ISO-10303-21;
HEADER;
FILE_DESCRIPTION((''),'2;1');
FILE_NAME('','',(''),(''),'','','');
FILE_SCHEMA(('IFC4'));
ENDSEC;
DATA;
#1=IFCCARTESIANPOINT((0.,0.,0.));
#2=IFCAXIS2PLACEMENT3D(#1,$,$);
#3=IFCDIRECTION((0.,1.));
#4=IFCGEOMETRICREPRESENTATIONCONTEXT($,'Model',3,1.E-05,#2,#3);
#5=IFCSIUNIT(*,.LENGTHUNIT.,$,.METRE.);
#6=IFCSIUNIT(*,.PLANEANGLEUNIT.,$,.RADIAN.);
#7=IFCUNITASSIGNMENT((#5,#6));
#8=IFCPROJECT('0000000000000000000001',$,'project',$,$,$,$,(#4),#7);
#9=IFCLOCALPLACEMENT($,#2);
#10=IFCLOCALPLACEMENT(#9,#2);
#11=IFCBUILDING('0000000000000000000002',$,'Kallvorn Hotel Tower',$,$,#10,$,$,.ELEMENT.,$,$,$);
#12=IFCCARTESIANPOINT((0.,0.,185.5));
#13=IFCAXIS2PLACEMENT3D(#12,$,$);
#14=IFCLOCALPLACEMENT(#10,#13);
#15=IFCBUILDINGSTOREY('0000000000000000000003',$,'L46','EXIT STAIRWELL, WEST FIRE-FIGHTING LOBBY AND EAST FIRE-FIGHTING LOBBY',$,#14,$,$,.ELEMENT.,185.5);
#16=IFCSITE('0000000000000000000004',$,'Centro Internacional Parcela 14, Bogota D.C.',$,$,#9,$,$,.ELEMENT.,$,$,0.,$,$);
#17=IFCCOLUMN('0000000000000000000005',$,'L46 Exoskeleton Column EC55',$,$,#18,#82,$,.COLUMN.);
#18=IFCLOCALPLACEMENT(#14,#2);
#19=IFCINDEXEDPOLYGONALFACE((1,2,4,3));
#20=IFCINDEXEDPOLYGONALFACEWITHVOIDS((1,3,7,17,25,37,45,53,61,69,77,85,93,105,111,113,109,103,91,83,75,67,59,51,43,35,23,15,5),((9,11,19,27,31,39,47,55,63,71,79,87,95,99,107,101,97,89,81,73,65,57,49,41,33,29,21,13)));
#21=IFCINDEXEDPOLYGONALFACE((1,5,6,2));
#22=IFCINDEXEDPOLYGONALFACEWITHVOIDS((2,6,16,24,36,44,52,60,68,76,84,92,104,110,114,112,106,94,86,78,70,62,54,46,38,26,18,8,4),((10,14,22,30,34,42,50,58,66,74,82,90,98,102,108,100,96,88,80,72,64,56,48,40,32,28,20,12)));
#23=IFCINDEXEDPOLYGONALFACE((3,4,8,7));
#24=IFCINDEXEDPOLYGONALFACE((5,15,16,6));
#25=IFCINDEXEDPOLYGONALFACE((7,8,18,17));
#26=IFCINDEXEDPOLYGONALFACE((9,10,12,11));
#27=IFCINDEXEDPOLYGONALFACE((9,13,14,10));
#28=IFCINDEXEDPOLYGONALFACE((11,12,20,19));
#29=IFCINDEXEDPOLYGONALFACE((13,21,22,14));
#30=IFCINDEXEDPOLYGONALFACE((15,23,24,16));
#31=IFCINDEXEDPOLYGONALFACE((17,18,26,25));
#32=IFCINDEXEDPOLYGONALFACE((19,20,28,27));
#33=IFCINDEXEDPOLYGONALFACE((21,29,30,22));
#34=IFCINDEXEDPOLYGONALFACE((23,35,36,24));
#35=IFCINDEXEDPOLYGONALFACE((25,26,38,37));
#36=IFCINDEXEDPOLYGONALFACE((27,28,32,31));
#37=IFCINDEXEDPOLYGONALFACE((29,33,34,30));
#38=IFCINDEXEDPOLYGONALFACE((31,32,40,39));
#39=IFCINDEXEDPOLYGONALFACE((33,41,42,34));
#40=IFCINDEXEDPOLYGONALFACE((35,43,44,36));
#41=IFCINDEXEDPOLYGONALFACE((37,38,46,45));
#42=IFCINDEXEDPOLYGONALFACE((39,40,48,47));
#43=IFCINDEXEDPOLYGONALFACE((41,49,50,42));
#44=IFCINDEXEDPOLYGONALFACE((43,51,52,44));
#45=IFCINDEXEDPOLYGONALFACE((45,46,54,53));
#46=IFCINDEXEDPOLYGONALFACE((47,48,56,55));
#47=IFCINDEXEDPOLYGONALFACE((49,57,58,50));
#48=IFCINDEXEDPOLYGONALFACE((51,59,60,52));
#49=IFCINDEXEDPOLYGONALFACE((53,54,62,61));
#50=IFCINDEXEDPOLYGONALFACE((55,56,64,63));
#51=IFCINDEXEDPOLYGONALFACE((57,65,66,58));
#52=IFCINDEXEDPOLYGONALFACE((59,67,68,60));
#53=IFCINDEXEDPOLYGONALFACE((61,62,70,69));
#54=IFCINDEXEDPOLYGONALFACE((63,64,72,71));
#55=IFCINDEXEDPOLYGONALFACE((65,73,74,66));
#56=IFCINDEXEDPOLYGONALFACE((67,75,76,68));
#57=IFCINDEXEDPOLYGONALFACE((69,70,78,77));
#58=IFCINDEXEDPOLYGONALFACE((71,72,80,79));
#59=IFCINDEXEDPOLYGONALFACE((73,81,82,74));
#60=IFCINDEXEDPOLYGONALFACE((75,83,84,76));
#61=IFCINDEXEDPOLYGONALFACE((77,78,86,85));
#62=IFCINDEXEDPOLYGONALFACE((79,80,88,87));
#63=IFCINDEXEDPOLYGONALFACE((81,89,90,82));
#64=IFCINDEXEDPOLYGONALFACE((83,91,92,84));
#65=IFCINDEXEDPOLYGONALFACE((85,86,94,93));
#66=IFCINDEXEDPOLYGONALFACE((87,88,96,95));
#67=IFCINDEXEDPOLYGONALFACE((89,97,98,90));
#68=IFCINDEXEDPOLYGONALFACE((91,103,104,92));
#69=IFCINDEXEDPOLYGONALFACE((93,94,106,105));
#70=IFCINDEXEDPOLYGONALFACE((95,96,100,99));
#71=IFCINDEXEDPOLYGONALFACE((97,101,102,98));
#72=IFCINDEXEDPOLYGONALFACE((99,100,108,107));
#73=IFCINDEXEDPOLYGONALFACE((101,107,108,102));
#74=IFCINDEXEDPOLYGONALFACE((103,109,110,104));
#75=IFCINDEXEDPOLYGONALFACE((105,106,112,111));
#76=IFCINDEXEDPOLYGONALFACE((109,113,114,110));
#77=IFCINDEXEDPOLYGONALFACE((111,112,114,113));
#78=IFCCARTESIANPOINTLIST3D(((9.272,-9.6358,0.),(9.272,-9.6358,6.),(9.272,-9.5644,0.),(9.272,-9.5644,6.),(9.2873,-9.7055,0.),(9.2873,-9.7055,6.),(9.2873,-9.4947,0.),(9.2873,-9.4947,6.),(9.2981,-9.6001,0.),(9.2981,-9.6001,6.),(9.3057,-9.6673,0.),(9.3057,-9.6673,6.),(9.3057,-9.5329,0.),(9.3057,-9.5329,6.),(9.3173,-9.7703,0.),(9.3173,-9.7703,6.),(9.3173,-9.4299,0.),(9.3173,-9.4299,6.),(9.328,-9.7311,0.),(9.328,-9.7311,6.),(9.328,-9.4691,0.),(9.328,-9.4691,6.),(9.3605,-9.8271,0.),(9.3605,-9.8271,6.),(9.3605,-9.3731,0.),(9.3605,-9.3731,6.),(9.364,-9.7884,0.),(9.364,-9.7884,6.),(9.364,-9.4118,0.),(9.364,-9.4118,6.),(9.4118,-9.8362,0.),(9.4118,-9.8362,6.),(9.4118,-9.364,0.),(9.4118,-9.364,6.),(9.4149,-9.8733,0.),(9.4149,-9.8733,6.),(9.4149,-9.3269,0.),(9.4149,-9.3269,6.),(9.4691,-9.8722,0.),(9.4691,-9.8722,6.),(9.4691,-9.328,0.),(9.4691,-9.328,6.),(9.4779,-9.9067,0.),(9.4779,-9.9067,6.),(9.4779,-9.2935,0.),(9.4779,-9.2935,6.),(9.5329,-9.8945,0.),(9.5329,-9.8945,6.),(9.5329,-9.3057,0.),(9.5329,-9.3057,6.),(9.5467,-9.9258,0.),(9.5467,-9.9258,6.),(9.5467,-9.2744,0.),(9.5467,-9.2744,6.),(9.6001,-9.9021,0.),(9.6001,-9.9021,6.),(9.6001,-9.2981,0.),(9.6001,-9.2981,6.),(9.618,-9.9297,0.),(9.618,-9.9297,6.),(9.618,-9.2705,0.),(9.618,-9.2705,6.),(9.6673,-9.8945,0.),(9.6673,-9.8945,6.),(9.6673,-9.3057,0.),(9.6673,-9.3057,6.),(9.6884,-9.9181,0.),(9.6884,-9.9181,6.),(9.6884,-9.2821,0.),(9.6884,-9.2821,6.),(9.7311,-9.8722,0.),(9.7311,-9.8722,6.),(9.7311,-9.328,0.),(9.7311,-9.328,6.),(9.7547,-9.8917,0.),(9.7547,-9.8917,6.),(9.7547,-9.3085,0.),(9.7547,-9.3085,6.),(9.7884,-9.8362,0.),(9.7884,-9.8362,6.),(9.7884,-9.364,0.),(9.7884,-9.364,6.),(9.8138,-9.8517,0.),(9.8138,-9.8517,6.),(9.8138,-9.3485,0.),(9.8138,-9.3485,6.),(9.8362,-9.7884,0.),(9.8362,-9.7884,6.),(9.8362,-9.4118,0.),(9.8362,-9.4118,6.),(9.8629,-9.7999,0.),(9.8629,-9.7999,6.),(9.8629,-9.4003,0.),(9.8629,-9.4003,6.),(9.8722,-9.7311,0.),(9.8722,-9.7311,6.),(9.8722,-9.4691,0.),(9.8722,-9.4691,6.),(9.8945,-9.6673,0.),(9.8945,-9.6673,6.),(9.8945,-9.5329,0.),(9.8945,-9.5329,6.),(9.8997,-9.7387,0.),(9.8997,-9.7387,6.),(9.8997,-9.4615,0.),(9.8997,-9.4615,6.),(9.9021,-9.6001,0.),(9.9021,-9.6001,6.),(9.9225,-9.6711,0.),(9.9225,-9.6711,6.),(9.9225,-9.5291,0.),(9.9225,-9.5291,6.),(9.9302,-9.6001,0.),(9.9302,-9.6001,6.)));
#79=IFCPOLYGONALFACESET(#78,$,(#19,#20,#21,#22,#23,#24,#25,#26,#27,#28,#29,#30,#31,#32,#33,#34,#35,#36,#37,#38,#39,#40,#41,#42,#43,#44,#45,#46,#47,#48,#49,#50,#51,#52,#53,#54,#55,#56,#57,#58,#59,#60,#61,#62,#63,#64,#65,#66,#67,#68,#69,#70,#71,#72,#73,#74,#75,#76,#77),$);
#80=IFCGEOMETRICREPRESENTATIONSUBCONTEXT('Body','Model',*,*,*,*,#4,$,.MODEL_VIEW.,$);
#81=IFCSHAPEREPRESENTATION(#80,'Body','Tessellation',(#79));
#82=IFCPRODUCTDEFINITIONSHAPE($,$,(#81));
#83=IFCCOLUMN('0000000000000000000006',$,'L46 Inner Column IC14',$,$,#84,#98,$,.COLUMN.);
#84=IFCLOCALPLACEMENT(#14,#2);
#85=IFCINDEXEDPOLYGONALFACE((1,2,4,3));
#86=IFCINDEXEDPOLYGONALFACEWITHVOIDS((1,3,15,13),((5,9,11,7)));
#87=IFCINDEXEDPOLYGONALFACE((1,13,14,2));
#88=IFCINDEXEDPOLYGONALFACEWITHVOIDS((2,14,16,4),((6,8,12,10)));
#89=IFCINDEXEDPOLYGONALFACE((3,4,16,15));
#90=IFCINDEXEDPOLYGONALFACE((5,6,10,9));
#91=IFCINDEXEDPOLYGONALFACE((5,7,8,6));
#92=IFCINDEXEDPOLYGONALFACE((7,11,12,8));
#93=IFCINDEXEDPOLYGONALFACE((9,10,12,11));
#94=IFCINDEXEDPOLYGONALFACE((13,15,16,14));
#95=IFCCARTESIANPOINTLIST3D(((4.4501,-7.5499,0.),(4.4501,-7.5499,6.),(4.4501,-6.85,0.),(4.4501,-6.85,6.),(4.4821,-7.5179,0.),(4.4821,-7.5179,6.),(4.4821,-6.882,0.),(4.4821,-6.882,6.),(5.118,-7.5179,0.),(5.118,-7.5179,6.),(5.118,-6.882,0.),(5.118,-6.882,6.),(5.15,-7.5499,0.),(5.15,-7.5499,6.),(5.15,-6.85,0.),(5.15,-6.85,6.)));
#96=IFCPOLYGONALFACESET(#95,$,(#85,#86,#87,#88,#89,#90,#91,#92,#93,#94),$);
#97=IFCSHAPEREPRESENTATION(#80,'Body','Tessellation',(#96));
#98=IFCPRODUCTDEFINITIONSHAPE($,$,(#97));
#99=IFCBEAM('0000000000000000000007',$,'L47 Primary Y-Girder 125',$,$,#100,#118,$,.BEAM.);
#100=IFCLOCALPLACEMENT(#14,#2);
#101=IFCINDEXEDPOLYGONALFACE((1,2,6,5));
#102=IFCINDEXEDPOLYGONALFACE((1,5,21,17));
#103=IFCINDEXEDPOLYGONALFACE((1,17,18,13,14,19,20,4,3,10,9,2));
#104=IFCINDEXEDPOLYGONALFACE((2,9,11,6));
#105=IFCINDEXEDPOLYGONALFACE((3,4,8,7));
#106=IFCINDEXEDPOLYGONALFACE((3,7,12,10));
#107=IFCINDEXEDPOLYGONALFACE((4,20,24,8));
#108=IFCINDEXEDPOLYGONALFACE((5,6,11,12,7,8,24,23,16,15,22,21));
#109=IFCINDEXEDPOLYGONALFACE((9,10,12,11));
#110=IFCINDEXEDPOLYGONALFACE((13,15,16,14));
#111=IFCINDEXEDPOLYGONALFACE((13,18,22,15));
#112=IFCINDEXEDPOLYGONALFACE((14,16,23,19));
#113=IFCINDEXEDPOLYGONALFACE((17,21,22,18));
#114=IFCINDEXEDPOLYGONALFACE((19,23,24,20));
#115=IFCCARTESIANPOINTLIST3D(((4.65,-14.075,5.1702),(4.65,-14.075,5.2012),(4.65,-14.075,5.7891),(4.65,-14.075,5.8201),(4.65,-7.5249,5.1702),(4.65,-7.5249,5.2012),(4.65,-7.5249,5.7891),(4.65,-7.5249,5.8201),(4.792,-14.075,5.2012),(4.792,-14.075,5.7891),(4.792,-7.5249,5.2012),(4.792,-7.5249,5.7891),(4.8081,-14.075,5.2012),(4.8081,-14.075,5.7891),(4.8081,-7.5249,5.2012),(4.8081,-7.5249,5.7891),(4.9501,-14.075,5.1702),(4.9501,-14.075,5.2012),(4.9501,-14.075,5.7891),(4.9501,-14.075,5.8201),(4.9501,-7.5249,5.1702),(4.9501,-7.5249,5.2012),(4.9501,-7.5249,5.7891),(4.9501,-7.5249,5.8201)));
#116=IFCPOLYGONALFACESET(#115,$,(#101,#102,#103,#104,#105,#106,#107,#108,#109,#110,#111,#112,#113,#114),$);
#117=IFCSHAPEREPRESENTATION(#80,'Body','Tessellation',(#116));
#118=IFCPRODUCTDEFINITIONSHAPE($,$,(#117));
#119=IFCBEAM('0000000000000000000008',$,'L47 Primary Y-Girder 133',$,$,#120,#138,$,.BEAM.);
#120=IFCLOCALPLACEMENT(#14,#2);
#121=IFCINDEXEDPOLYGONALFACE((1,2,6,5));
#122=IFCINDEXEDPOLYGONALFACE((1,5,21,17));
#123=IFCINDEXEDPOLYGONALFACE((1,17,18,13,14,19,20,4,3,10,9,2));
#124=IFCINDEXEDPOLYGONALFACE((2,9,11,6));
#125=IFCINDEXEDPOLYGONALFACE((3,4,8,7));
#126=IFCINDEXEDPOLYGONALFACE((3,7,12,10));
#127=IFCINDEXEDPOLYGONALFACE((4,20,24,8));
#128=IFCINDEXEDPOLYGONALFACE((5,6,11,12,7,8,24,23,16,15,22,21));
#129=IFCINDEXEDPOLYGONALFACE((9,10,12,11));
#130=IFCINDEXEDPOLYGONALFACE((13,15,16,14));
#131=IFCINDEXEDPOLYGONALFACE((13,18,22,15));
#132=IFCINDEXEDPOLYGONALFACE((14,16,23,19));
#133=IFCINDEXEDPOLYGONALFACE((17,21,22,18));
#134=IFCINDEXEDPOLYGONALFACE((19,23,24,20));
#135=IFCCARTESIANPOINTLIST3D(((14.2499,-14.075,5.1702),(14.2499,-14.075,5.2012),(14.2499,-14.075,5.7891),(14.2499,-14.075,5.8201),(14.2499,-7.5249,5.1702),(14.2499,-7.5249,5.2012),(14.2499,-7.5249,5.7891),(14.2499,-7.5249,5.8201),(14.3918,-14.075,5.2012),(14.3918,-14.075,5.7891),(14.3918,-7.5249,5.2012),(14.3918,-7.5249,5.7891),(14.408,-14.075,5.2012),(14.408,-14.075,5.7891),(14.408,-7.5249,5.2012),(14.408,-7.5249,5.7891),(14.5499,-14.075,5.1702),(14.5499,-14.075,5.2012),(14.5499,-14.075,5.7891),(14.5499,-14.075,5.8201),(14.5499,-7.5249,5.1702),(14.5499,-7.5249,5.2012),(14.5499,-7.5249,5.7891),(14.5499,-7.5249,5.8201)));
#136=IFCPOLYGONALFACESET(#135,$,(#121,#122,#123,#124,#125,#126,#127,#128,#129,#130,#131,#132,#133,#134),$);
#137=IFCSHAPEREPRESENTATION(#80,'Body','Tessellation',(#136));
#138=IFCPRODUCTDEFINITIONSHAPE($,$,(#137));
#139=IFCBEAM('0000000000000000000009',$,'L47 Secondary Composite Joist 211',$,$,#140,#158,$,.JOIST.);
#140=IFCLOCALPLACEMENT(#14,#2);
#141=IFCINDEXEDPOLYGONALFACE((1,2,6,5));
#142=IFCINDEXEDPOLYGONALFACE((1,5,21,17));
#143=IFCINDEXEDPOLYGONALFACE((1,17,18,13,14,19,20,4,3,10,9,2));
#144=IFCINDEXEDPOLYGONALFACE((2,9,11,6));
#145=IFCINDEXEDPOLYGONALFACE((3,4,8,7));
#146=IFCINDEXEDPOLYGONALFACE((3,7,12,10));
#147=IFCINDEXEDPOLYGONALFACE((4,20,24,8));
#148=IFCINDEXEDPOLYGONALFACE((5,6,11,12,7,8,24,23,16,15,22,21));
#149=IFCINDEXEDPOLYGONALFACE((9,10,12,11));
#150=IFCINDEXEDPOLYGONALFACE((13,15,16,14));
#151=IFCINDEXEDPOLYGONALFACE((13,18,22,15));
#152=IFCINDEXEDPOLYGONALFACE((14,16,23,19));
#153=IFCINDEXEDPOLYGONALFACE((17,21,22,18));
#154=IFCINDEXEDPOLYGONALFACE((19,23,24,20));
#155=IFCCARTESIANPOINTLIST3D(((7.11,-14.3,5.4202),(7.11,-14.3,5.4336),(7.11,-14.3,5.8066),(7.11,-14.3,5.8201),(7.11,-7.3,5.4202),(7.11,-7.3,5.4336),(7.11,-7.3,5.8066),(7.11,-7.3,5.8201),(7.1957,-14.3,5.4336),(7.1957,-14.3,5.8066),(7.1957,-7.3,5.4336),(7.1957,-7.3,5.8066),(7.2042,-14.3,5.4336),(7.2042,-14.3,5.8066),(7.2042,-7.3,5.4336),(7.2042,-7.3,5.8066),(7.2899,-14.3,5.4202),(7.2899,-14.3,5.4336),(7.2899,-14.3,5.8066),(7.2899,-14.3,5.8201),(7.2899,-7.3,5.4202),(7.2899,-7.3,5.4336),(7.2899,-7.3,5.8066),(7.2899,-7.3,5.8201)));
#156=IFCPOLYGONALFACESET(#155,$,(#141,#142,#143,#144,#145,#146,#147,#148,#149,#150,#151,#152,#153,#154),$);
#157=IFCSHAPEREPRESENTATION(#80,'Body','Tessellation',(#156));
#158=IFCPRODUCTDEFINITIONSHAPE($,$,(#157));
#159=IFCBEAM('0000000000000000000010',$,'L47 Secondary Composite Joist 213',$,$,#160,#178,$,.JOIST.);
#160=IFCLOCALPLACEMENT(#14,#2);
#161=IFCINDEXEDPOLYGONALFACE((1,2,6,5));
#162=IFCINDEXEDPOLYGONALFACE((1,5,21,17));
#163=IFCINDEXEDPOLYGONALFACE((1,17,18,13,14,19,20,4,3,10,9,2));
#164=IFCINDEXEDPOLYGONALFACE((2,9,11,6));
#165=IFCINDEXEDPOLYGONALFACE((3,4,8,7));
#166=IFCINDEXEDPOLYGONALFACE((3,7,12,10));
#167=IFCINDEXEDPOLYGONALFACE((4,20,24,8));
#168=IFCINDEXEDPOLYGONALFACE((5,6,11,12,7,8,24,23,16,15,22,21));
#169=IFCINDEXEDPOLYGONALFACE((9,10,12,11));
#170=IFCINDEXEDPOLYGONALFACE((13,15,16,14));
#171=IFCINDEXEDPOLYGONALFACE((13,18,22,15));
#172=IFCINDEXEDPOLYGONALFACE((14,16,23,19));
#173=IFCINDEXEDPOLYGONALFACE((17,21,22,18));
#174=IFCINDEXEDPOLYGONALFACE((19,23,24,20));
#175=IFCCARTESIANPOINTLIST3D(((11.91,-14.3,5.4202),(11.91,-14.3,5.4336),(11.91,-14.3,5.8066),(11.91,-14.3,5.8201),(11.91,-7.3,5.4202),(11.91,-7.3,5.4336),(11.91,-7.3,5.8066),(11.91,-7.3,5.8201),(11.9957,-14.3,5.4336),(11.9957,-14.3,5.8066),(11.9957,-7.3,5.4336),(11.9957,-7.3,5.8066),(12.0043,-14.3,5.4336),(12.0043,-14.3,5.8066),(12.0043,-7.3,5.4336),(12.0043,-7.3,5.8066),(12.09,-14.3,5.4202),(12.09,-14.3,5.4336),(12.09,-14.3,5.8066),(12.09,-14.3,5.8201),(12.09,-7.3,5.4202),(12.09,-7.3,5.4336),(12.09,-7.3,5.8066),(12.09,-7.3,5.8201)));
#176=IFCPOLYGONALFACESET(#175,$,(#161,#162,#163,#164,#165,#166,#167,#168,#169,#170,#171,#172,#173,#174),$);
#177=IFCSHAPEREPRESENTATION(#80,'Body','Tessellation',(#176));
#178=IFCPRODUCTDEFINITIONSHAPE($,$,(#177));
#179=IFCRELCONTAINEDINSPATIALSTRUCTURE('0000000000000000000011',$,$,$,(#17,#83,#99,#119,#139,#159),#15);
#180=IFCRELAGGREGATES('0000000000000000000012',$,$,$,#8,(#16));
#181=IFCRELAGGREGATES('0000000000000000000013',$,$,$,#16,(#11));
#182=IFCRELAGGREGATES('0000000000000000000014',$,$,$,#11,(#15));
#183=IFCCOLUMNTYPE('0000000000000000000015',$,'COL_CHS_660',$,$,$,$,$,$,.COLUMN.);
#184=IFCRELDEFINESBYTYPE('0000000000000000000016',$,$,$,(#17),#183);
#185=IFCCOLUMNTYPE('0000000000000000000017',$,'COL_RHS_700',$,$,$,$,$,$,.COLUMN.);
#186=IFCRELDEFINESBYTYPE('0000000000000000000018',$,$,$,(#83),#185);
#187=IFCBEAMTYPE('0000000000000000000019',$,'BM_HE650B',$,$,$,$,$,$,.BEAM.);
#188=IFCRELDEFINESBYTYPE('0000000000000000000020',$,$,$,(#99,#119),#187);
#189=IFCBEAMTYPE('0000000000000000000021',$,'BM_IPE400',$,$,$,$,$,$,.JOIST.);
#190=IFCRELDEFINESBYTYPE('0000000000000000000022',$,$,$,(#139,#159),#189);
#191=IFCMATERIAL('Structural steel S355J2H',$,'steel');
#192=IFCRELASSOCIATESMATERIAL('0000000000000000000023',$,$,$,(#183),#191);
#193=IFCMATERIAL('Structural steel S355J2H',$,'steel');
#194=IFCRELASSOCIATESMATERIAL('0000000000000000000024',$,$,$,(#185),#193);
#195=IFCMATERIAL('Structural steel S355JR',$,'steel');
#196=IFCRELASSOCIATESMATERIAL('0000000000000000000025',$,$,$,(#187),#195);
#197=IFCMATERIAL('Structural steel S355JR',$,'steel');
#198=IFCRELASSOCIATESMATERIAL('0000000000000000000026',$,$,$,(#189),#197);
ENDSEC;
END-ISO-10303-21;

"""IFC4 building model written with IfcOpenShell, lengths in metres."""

from ifc_helpers import new_model, si_unit, direction, frame, origin, origin_2d, place, context, subcontext, project, spatial, hollow_rectangle, hollow_circle, i_section, extrude, material, material_profile, profile_set, type_object, element, save


model = new_model("IFC4")

# Units and contexts
model_context = context("Model", 3, precision=1e-05, world=origin(), true_north=direction((0.0, 1.0)))
body_context = subcontext(model_context, "Body", "Model", "MODEL_VIEW")
ifc_project = project(units=[si_unit("LENGTHUNIT", "METRE"), si_unit("PLANEANGLEUNIT", "RADIAN")], contexts=[model_context])

# Site, building, storey
site_placement = place(None, origin())
site = spatial("IfcSite", under=ifc_project, at=site_placement, Name="Centro Internacional Parcela 14, Bogota D.C.", CompositionType="ELEMENT", RefElevation=0.0)
building_placement = place(site_placement, origin())
building = spatial("IfcBuilding", under=site, at=building_placement, Name="Kallvorn Hotel Tower", CompositionType="ELEMENT")
storey_placement = place(building_placement, frame((0.0, 0.0, 185.5)))
storey = spatial("IfcBuildingStorey", under=building, at=storey_placement, Name="L46", Description="EXIT STAIRWELL, WEST FIRE-FIGHTING LOBBY AND EAST FIRE-FIGHTING LOBBY", CompositionType="ELEMENT", Elevation=185.5)

# Columns
ifc_material_1 = material(Name="Structural steel S355J2H", Category="steel")
ifc_material_profile_1 = material_profile(ifc_material_1, hollow_circle(Radius=0.3301, WallThickness=0.0281, at=origin_2d()), Name="CHS 660x28")
ifc_profile_set_1 = profile_set([ifc_material_profile_1], Name="Structural steel S355J2H")
column_type_1 = type_object("IfcColumnType", Name="COL_CHS_660", PredefinedType="COLUMN", material=ifc_profile_set_1)
column_1_placement = place(storey_placement, frame((9.6001, -9.6001, 0.0), z_axis=(0.0, 0.0, 1.0), x_axis=(1.0, 0.0, 0.0)))
element("IfcColumn", 1, at=column_1_placement, inside=storey, type_object=column_type_1, Name="L46 Exoskeleton Column EC55", PredefinedType="COLUMN", context=body_context, shape_type="SweptSolid", body=[
    extrude(hollow_circle(Radius=0.3301, WallThickness=0.0281, at=origin_2d()), origin(), (0.0, 0.0, 1.0), 6.0),
])
ifc_material_2 = material(Name="Structural steel S355J2H", Category="steel")
ifc_material_profile_2 = material_profile(ifc_material_2, hollow_rectangle(XDim=0.7, YDim=0.7, WallThickness=0.032, at=origin_2d()), Name="RHS 700x700x32")
ifc_profile_set_2 = profile_set([ifc_material_profile_2], Name="Structural steel S355J2H")
column_type_2 = type_object("IfcColumnType", Name="COL_RHS_700", PredefinedType="COLUMN", material=ifc_profile_set_2)
column_2_placement = place(storey_placement, frame((4.8, -7.2, 0.0), z_axis=(0.0, 0.0, 1.0), x_axis=(1.0, 0.0, 0.0)))
element("IfcColumn", 2, at=column_2_placement, inside=storey, type_object=column_type_2, Name="L46 Inner Column IC14", PredefinedType="COLUMN", context=body_context, shape_type="SweptSolid", body=[
    extrude(hollow_rectangle(XDim=0.7, YDim=0.7, WallThickness=0.032, at=origin_2d()), origin(), (0.0, 0.0, 1.0), 6.0),
])

# Beams
ifc_material_3 = material(Name="Structural steel S355JR", Category="steel")
ifc_material_profile_3 = material_profile(ifc_material_3, i_section(OverallWidth=0.3, OverallDepth=0.6499, WebThickness=0.0161, FlangeThickness=0.031, at=origin_2d()), Name="HE 650 B")
ifc_profile_set_3 = profile_set([ifc_material_profile_3], Name="Structural steel S355JR")
beam_type_1 = type_object("IfcBeamType", Name="BM_HE650B", PredefinedType="BEAM", material=ifc_profile_set_3)
for number, where, z_axis, x_axis, name in (
    (3, (4.8, -14.075, 5.4951), (0.0, 1.0, 0.0), (-1.0, 0.0, 0.0), "L47 Primary Y-Girder 125"),
    (4, (14.3999, -14.075, 5.4951), (0.0, 1.0, 0.0), (-1.0, 0.0, 0.0), "L47 Primary Y-Girder 133"),
):
    element("IfcBeam", number, at=place(storey_placement, frame(where, z_axis=z_axis, x_axis=x_axis)), inside=storey, type_object=beam_type_1, Name=name, PredefinedType="BEAM", context=body_context, shape_type="SweptSolid", body=[
        extrude(i_section(OverallWidth=0.3, OverallDepth=0.6499, WebThickness=0.0161, FlangeThickness=0.031, at=origin_2d()), origin(), (0.0, 0.0, 1.0), 6.55),
    ])
ifc_material_4 = material(Name="Structural steel S355JR", Category="steel")
ifc_material_profile_4 = material_profile(ifc_material_4, i_section(OverallWidth=0.1799, OverallDepth=0.3999, WebThickness=0.0085, FlangeThickness=0.0134, at=origin_2d()), Name="IPE 400")
ifc_profile_set_4 = profile_set([ifc_material_profile_4], Name="Structural steel S355JR")
beam_type_2 = type_object("IfcBeamType", Name="BM_IPE400", PredefinedType="JOIST", material=ifc_profile_set_4)
for number, where, z_axis, x_axis, name in (
    (5, (7.2, -14.3, 5.6201), (0.0, 1.0, 0.0), (-1.0, 0.0, 0.0), "L47 Secondary Composite Joist 211"),
    (6, (12.0, -14.3, 5.6201), (0.0, 1.0, 0.0), (-1.0, 0.0, 0.0), "L47 Secondary Composite Joist 213"),
):
    element("IfcBeam", number, at=place(storey_placement, frame(where, z_axis=z_axis, x_axis=x_axis)), inside=storey, type_object=beam_type_2, Name=name, PredefinedType="JOIST", context=body_context, shape_type="SweptSolid", body=[
        extrude(i_section(OverallWidth=0.1799, OverallDepth=0.3999, WebThickness=0.0085, FlangeThickness=0.0134, at=origin_2d()), origin(), (0.0, 0.0, 1.0), 7.0),
    ])

save(model, "model.ifc")
